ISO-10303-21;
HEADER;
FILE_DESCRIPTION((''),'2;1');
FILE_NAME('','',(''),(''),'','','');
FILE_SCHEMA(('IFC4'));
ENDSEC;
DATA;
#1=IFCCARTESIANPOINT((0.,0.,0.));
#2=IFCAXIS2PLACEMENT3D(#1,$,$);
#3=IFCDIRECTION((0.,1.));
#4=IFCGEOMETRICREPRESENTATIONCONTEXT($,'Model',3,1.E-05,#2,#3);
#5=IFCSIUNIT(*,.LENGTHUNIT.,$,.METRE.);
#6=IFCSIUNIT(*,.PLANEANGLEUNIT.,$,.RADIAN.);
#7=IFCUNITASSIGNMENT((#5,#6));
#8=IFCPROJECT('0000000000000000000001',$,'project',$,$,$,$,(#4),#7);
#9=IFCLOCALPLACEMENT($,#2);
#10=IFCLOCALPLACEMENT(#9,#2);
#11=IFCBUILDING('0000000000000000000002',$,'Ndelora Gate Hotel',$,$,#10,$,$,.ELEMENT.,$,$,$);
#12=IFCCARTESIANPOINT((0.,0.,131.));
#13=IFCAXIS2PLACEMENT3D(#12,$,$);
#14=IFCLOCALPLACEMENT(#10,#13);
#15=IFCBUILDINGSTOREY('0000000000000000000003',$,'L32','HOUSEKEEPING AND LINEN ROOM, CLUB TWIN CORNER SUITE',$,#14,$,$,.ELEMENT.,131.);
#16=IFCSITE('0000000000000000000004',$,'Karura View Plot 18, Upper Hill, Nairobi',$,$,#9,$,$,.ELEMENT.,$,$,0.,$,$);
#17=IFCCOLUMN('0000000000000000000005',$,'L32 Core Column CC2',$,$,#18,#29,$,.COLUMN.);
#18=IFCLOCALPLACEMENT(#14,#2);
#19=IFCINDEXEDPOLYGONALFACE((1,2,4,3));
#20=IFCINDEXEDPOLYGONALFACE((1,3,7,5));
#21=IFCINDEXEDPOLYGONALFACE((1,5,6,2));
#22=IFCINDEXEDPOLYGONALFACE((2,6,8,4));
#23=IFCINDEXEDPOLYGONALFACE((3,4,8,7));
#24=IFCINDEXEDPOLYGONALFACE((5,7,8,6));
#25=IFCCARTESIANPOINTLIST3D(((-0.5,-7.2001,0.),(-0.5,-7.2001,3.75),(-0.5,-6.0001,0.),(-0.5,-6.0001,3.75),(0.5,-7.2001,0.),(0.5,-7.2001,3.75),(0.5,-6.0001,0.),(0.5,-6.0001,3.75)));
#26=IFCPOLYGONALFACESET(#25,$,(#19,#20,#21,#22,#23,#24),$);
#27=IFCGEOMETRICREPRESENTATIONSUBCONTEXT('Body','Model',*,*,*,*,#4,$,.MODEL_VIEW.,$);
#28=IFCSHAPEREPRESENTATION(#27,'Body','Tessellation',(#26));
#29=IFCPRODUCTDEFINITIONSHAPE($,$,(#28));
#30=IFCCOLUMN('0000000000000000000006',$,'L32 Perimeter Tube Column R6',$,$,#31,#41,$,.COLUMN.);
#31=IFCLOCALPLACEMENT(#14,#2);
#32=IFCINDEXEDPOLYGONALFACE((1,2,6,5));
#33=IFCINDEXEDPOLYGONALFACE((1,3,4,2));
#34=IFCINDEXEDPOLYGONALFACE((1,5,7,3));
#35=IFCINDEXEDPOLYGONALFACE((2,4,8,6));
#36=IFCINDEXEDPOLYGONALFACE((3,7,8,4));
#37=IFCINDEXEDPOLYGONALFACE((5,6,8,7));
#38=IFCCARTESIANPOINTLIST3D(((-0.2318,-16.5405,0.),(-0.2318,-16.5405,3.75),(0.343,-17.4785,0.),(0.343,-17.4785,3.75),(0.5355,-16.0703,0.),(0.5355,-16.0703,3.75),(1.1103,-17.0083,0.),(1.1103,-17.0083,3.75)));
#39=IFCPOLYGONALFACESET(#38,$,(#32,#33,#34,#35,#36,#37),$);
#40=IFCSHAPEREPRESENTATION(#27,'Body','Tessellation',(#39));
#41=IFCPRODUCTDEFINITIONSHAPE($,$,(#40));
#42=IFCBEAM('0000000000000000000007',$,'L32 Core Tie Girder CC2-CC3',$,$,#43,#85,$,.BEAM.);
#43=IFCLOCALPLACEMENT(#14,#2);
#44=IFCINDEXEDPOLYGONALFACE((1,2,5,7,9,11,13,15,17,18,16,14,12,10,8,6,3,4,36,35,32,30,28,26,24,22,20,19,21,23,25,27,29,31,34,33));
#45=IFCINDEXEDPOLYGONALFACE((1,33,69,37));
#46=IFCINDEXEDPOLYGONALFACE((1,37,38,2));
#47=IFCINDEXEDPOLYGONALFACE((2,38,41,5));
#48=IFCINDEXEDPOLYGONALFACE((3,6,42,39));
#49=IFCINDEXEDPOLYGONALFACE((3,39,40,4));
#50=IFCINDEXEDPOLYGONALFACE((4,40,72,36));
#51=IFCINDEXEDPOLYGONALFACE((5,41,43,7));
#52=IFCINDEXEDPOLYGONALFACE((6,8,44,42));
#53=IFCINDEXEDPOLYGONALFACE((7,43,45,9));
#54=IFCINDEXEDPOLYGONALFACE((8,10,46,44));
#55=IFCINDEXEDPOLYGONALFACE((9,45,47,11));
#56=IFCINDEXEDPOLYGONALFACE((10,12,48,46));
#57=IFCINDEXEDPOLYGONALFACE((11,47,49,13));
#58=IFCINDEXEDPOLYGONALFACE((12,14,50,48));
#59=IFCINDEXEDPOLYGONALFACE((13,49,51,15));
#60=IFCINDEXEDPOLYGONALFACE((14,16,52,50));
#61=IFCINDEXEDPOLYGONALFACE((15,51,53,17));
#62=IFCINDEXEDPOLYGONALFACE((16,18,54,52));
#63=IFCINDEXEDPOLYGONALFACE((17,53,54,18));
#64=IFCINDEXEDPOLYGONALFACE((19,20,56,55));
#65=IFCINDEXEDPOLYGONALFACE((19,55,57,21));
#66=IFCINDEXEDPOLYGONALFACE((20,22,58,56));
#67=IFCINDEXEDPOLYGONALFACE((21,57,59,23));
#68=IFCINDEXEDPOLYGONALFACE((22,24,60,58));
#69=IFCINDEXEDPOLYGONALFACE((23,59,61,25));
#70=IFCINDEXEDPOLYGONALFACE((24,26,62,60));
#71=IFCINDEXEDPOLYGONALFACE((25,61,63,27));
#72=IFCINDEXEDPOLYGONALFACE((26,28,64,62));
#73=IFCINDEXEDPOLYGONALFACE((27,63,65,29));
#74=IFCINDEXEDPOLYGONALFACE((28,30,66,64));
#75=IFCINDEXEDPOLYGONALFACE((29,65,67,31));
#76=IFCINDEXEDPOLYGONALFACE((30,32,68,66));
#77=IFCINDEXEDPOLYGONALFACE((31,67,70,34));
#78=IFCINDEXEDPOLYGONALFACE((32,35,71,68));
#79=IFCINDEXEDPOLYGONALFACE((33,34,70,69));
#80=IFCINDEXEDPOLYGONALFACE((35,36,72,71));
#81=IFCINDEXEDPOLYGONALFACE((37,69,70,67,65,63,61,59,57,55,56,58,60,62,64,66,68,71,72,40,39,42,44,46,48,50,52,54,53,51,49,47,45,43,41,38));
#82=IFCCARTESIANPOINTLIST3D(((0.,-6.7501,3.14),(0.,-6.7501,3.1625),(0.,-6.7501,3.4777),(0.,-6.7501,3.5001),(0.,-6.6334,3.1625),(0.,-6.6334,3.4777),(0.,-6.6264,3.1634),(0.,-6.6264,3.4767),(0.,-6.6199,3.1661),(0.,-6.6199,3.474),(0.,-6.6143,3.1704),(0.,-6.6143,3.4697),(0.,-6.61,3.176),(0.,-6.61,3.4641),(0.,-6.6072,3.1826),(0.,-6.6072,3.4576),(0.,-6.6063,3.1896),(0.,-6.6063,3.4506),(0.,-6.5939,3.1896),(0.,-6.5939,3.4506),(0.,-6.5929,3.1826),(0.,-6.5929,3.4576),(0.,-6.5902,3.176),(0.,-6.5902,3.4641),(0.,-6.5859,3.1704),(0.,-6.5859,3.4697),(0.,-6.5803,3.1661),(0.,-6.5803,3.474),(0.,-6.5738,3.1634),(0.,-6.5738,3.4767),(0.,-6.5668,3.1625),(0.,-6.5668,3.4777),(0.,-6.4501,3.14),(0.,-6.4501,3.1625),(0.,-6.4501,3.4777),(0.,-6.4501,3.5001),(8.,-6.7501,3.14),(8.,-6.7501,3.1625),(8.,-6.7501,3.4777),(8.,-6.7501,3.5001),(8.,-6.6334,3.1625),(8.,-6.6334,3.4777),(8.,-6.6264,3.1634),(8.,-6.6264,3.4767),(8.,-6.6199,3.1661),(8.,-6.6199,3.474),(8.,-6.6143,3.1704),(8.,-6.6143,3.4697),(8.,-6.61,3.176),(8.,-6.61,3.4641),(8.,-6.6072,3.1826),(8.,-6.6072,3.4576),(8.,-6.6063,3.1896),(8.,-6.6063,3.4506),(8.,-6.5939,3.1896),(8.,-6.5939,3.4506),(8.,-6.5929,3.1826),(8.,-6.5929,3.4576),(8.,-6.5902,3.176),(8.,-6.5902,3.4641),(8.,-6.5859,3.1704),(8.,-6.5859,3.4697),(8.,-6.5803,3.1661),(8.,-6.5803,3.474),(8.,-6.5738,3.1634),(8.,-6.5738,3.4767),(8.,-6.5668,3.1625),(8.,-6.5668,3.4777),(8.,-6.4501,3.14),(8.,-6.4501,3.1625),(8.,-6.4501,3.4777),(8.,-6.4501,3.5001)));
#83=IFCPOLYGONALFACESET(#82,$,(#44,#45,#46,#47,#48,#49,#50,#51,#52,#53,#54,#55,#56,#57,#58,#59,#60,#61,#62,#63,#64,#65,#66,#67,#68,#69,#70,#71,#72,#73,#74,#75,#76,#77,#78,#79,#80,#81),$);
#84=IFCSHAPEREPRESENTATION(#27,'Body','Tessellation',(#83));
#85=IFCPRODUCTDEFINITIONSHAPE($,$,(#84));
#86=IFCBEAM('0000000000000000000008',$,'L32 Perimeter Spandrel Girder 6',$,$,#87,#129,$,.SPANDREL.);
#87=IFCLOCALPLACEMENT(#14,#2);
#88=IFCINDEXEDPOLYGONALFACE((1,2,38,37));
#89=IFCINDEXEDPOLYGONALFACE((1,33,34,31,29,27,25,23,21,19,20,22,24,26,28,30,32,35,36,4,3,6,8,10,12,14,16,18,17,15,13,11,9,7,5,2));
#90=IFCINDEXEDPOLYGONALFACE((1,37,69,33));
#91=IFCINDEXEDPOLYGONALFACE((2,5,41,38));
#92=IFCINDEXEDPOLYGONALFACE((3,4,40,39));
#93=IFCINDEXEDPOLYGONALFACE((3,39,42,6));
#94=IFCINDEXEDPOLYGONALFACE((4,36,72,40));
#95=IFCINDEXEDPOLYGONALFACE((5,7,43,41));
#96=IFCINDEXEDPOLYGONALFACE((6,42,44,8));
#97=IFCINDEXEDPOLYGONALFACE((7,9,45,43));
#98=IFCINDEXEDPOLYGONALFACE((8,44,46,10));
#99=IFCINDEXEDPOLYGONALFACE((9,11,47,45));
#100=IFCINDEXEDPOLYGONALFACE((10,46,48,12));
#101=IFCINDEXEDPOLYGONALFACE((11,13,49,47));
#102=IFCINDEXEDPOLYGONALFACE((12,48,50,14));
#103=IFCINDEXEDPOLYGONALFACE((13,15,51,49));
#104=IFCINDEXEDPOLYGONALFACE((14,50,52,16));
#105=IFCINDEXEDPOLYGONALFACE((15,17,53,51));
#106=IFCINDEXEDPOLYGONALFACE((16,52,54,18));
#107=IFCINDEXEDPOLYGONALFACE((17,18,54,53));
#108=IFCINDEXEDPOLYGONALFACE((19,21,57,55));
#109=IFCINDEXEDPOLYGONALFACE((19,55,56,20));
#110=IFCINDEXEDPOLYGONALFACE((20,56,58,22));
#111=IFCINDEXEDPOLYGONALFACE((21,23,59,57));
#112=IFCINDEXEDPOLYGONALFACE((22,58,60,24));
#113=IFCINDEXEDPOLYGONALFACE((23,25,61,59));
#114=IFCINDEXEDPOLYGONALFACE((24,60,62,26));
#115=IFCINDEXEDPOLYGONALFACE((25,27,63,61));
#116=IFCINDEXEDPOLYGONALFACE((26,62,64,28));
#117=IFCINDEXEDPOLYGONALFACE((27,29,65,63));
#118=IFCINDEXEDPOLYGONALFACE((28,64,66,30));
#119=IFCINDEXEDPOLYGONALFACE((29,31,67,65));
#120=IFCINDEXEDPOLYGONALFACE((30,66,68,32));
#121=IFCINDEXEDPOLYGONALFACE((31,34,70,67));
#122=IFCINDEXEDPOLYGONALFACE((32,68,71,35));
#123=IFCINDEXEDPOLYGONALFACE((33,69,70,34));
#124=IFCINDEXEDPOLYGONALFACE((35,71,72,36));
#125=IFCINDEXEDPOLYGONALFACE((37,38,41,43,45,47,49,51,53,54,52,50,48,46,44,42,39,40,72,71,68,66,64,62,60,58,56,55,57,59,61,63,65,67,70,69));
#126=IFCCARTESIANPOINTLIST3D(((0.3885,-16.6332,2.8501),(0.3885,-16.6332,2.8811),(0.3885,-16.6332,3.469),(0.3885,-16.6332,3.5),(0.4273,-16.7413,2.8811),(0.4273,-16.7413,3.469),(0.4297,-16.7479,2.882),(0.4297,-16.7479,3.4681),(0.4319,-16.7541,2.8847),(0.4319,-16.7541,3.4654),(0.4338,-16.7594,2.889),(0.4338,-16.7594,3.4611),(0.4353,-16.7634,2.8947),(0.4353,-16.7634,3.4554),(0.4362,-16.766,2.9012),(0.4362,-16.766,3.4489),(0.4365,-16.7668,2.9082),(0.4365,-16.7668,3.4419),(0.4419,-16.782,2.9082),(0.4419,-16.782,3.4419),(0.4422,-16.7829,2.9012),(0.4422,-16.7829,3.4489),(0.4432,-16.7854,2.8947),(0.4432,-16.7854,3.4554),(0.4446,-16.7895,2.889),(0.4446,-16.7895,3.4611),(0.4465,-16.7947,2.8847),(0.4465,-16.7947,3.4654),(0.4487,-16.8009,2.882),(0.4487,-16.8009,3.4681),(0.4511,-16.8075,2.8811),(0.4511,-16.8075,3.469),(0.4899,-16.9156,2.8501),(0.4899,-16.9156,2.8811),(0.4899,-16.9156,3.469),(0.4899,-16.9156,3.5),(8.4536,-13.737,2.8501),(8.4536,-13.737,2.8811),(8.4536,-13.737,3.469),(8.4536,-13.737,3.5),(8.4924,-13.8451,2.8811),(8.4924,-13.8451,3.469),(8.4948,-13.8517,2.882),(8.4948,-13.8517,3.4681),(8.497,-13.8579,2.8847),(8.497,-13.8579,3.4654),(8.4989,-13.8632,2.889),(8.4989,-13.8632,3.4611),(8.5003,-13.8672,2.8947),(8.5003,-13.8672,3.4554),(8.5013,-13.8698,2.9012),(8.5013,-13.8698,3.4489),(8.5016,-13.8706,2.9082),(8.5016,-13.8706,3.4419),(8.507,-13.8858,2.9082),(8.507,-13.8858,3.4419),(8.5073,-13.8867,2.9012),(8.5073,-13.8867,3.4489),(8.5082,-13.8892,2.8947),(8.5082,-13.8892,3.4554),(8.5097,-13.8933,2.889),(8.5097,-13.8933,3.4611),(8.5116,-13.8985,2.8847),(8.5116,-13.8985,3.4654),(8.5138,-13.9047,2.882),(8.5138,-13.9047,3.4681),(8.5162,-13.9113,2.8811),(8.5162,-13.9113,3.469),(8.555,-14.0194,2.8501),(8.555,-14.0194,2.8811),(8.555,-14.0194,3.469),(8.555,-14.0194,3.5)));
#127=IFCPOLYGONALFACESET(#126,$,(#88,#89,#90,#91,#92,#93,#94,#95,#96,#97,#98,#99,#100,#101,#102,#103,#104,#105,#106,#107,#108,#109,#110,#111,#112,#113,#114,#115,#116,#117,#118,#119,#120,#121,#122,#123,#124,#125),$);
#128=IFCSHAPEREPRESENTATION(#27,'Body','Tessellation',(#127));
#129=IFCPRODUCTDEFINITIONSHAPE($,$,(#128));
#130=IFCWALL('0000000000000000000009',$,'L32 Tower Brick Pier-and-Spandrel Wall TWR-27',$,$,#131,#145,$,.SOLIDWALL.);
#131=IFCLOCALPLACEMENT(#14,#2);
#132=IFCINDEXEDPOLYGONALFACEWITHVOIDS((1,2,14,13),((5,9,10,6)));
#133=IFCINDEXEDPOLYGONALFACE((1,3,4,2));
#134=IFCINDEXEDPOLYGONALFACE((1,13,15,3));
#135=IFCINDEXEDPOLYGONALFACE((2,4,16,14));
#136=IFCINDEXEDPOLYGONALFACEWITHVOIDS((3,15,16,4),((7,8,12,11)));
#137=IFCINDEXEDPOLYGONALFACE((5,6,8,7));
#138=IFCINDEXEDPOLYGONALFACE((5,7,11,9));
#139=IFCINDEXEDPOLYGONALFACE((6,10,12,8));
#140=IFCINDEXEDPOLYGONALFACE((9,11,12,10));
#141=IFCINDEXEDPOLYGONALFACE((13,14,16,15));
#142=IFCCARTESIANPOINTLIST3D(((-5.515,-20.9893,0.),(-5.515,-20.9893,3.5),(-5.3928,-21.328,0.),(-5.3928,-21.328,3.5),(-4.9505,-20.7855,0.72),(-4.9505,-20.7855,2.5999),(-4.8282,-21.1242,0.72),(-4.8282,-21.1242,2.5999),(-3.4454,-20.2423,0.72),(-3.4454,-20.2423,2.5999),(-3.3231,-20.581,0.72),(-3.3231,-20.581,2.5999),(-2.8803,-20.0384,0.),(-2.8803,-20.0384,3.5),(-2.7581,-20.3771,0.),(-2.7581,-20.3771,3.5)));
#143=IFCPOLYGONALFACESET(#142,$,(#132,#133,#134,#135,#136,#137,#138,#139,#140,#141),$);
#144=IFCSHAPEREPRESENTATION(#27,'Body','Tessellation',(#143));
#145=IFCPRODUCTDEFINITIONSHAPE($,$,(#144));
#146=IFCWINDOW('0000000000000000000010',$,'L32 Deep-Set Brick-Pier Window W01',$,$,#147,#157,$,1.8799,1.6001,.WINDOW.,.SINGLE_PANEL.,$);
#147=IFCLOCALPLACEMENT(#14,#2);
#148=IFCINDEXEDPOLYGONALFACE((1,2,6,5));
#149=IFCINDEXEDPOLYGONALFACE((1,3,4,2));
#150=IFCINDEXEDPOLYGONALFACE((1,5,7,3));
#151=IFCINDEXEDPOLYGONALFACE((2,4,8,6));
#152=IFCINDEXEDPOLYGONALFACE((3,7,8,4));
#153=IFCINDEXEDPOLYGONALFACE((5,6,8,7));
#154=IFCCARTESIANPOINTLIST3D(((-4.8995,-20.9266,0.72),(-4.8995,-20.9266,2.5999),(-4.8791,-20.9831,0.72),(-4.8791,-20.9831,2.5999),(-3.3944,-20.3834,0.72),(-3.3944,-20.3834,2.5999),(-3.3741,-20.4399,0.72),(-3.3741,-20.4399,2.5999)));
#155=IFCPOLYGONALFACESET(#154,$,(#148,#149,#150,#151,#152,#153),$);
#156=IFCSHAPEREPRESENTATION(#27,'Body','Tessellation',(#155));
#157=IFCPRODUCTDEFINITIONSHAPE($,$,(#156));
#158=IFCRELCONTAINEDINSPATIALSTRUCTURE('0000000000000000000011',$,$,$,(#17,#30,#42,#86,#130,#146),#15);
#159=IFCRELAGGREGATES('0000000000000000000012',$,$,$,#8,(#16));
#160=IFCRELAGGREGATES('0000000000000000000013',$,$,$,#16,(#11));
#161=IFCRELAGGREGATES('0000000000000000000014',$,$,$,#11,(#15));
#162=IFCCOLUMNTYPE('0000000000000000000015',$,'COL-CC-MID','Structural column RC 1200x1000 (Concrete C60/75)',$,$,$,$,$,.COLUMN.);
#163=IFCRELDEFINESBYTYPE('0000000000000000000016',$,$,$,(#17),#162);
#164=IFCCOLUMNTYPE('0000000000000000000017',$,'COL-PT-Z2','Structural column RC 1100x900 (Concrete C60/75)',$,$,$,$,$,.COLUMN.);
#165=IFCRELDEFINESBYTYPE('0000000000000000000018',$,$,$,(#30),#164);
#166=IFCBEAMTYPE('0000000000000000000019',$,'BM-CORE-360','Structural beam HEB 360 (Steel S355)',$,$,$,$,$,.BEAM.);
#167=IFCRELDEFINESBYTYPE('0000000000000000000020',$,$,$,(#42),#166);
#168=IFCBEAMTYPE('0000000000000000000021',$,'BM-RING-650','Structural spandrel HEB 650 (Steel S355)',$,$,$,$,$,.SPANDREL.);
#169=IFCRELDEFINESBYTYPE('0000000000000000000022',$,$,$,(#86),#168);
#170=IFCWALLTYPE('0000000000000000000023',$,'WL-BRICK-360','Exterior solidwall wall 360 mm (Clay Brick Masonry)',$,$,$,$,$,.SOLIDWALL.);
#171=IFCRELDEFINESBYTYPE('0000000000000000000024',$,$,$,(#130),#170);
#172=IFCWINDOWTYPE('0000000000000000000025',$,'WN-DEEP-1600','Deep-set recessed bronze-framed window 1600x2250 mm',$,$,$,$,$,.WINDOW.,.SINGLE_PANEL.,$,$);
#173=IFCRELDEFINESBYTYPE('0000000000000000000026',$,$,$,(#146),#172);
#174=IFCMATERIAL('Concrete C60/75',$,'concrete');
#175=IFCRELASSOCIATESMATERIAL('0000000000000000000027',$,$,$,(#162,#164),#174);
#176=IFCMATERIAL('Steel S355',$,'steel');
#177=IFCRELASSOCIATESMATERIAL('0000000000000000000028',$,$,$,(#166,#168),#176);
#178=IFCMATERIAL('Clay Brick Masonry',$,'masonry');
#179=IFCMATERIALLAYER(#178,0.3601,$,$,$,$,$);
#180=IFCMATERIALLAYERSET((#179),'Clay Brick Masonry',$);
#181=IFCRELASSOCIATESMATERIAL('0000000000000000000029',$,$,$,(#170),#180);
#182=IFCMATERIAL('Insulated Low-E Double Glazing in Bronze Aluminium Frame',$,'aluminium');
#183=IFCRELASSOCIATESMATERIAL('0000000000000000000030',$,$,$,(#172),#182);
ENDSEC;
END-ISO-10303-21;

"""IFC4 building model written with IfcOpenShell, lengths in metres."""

from ifc_helpers import new_model, si_unit, direction, frame, frame_2d, origin, origin_2d, place, context, subcontext, project, spatial, rectangle, i_section, extrude, material, layer, layer_set, material_profile, profile_set, type_object, element, fill, save


model = new_model("IFC4")

# Units and contexts
model_context = context("Model", 3, precision=1e-05, world=origin(), true_north=direction((0.0, 1.0)))
body_context = subcontext(model_context, "Body", "Model", "MODEL_VIEW")
ifc_project = project(units=[si_unit("LENGTHUNIT", "METRE"), si_unit("PLANEANGLEUNIT", "RADIAN")], contexts=[model_context])

# Site, building, storey
site_placement = place(None, origin())
site = spatial("IfcSite", under=ifc_project, at=site_placement, Name="Karura View Plot 18, Upper Hill, Nairobi", CompositionType="ELEMENT", RefElevation=0.0)
building_placement = place(site_placement, origin())
building = spatial("IfcBuilding", under=site, at=building_placement, Name="Ndelora Gate Hotel", CompositionType="ELEMENT")
storey_placement = place(building_placement, frame((0.0, 0.0, 131.0)))
storey = spatial("IfcBuildingStorey", under=building, at=storey_placement, Name="L32", Description="HOUSEKEEPING AND LINEN ROOM, CLUB TWIN CORNER SUITE", CompositionType="ELEMENT", Elevation=131.0)

# Columns
ifc_material_1 = material(Name="Concrete C60/75", Category="concrete")
ifc_material_profile_1 = material_profile(ifc_material_1, rectangle(XDim=1.0, YDim=1.2, at=origin_2d()), Name="RC 1200x1000")
ifc_profile_set_1 = profile_set([ifc_material_profile_1], Name="Concrete C60/75")
column_type_1 = type_object("IfcColumnType", Name="COL-CC-MID", Description="Structural column RC 1200x1000 (Concrete C60/75)", PredefinedType="COLUMN", material=ifc_profile_set_1)
column_1_placement = place(storey_placement, frame((0.0, -6.6001, 0.0), z_axis=(0.0, 0.0, 1.0), x_axis=(1.0, 0.0, 0.0)))
element("IfcColumn", 1, at=column_1_placement, inside=storey, type_object=column_type_1, Name="L32 Core Column CC2", PredefinedType="COLUMN", context=body_context, shape_type="SweptSolid", body=[
    extrude(rectangle(XDim=1.0, YDim=1.2, at=origin_2d()), origin(), (0.0, 0.0, 1.0), 3.75),
])
ifc_material_profile_2 = material_profile(ifc_material_1, rectangle(XDim=0.8999, YDim=1.1001, at=origin_2d()), Name="RC 1100x900")
ifc_profile_set_2 = profile_set([ifc_material_profile_2], Name="Concrete C60/75")
column_type_2 = type_object("IfcColumnType", Name="COL-PT-Z2", Description="Structural column RC 1100x900 (Concrete C60/75)", PredefinedType="COLUMN", material=ifc_profile_set_2)
column_2_placement = place(storey_placement, frame((0.4392, -16.7744, 0.0), z_axis=(0.0, 0.0, 1.0), x_axis=(0.85264, 0.522499, 0.0)))
element("IfcColumn", 2, at=column_2_placement, inside=storey, type_object=column_type_2, Name="L32 Perimeter Tube Column R6", PredefinedType="COLUMN", context=body_context, shape_type="SweptSolid", body=[
    extrude(rectangle(XDim=0.8999, YDim=1.1001, at=origin_2d()), origin(), (0.0, 0.0, 1.0), 3.75),
])

# Beams
ifc_material_2 = material(Name="Steel S355", Category="steel")
ifc_material_profile_3 = material_profile(ifc_material_2, i_section(OverallWidth=0.3, OverallDepth=0.3601, WebThickness=0.0125, FlangeThickness=0.0225, FilletRadius=0.0271, at=origin_2d()), Name="HEB 360")
ifc_profile_set_3 = profile_set([ifc_material_profile_3], Name="Steel S355")
beam_type_1 = type_object("IfcBeamType", Name="BM-CORE-360", Description="Structural beam HEB 360 (Steel S355)", PredefinedType="BEAM", material=ifc_profile_set_3)
beam_1_placement = place(storey_placement, frame((0.0, -6.6001, 3.3201), z_axis=(1.0, 0.0, 0.0), x_axis=(0.0, 1.0, 0.0)))
element("IfcBeam", 3, at=beam_1_placement, inside=storey, type_object=beam_type_1, Name="L32 Core Tie Girder CC2-CC3", PredefinedType="BEAM", context=body_context, shape_type="SweptSolid", body=[
    extrude(i_section(OverallWidth=0.3, OverallDepth=0.3601, WebThickness=0.0125, FlangeThickness=0.0225, FilletRadius=0.0271, at=origin_2d()), origin(), (0.0, 0.0, 1.0), 8.0),
])
ifc_material_profile_4 = material_profile(ifc_material_2, i_section(OverallWidth=0.3, OverallDepth=0.6499, WebThickness=0.0161, FlangeThickness=0.031, FilletRadius=0.0271, at=origin_2d()), Name="HEB 650")
ifc_profile_set_4 = profile_set([ifc_material_profile_4], Name="Steel S355")
beam_type_2 = type_object("IfcBeamType", Name="BM-RING-650", Description="Structural spandrel HEB 650 (Steel S355)", PredefinedType="SPANDREL", material=ifc_profile_set_4)
beam_2_placement = place(storey_placement, frame((0.4392, -16.7744, 3.175), z_axis=(0.941156, 0.337973, 0.0), x_axis=(-0.337973, 0.941156, 0.0)))
element("IfcBeam", 4, at=beam_2_placement, inside=storey, type_object=beam_type_2, Name="L32 Perimeter Spandrel Girder 6", PredefinedType="SPANDREL", context=body_context, shape_type="SweptSolid", body=[
    extrude(i_section(OverallWidth=0.3, OverallDepth=0.6499, WebThickness=0.0161, FlangeThickness=0.031, FilletRadius=0.0271, at=origin_2d()), origin(), (0.0, 0.0, 1.0), 8.5693),
])

# Wall, opening, window
ifc_material_3 = material(Name="Clay Brick Masonry", Category="masonry")
ifc_layer_1 = layer(ifc_material_3, 0.3601)
ifc_layer_set_1 = layer_set([ifc_layer_1], Name="Clay Brick Masonry")
wall_type_1 = type_object("IfcWallType", Name="WL-BRICK-360", Description="Exterior solidwall wall 360 mm (Clay Brick Masonry)", PredefinedType="SOLIDWALL", material=ifc_layer_set_1)
wall_1_placement = place(storey_placement, frame((-2.8193, -20.2078, 0.0), z_axis=(0.0, 0.0, 1.0), x_axis=(-0.940613, -0.339482, 0.0)))
wall_1 = element("IfcWall", 5, at=wall_1_placement, inside=storey, type_object=wall_type_1, Name="L32 Tower Brick Pier-and-Spandrel Wall TWR-27", PredefinedType="SOLIDWALL", context=body_context, shape_type="SweptSolid", body=[
    extrude(rectangle(XDim=2.801, YDim=0.3601, at=frame_2d((1.4004, 0.0))), origin(), (0.0, 0.0, 1.0), 3.5),
])
opening_1_placement = place(wall_1_placement, frame((0.6006, 0.0, 0.72)))
opening_1 = element("IfcOpeningElement", 6, at=opening_1_placement, cuts=wall_1, PredefinedType="OPENING", context=body_context, shape_type="SweptSolid", body=[
    extrude(rectangle(XDim=1.6001, YDim=1.8799, at=frame_2d((0.8, 0.9399))), frame((0.0, 0.1899, 0.0), z_axis=(0.0, -1.0, 0.0), x_axis=(1.0, 0.0, 0.0)), (0.0, 0.0, 1.0), 0.3801),
])
ifc_material_4 = material(Name="Insulated Low-E Double Glazing in Bronze Aluminium Frame", Category="aluminium")
window_type_1 = type_object("IfcWindowType", Name="WN-DEEP-1600", Description="Deep-set recessed bronze-framed window 1600x2250 mm", PartitioningType="SINGLE_PANEL", PredefinedType="WINDOW", material=ifc_material_4)
window_1_placement = place(opening_1_placement, origin())
window_1 = element("IfcWindow", 7, at=window_1_placement, inside=storey, type_object=window_type_1, Name="L32 Deep-Set Brick-Pier Window W01", OverallHeight=1.8799, OverallWidth=1.6001, PartitioningType="SINGLE_PANEL", PredefinedType="WINDOW", context=body_context, shape_type="SweptSolid", body=[
    extrude(rectangle(XDim=1.6001, YDim=1.8799, at=frame_2d((0.8, 0.9399))), frame((0.0, 0.03, 0.0), z_axis=(0.0, -1.0, 0.0), x_axis=(1.0, 0.0, 0.0)), (0.0, 0.0, 1.0), 0.0601),
])
fill(opening_1, window_1)

save(model, "model.ifc")
